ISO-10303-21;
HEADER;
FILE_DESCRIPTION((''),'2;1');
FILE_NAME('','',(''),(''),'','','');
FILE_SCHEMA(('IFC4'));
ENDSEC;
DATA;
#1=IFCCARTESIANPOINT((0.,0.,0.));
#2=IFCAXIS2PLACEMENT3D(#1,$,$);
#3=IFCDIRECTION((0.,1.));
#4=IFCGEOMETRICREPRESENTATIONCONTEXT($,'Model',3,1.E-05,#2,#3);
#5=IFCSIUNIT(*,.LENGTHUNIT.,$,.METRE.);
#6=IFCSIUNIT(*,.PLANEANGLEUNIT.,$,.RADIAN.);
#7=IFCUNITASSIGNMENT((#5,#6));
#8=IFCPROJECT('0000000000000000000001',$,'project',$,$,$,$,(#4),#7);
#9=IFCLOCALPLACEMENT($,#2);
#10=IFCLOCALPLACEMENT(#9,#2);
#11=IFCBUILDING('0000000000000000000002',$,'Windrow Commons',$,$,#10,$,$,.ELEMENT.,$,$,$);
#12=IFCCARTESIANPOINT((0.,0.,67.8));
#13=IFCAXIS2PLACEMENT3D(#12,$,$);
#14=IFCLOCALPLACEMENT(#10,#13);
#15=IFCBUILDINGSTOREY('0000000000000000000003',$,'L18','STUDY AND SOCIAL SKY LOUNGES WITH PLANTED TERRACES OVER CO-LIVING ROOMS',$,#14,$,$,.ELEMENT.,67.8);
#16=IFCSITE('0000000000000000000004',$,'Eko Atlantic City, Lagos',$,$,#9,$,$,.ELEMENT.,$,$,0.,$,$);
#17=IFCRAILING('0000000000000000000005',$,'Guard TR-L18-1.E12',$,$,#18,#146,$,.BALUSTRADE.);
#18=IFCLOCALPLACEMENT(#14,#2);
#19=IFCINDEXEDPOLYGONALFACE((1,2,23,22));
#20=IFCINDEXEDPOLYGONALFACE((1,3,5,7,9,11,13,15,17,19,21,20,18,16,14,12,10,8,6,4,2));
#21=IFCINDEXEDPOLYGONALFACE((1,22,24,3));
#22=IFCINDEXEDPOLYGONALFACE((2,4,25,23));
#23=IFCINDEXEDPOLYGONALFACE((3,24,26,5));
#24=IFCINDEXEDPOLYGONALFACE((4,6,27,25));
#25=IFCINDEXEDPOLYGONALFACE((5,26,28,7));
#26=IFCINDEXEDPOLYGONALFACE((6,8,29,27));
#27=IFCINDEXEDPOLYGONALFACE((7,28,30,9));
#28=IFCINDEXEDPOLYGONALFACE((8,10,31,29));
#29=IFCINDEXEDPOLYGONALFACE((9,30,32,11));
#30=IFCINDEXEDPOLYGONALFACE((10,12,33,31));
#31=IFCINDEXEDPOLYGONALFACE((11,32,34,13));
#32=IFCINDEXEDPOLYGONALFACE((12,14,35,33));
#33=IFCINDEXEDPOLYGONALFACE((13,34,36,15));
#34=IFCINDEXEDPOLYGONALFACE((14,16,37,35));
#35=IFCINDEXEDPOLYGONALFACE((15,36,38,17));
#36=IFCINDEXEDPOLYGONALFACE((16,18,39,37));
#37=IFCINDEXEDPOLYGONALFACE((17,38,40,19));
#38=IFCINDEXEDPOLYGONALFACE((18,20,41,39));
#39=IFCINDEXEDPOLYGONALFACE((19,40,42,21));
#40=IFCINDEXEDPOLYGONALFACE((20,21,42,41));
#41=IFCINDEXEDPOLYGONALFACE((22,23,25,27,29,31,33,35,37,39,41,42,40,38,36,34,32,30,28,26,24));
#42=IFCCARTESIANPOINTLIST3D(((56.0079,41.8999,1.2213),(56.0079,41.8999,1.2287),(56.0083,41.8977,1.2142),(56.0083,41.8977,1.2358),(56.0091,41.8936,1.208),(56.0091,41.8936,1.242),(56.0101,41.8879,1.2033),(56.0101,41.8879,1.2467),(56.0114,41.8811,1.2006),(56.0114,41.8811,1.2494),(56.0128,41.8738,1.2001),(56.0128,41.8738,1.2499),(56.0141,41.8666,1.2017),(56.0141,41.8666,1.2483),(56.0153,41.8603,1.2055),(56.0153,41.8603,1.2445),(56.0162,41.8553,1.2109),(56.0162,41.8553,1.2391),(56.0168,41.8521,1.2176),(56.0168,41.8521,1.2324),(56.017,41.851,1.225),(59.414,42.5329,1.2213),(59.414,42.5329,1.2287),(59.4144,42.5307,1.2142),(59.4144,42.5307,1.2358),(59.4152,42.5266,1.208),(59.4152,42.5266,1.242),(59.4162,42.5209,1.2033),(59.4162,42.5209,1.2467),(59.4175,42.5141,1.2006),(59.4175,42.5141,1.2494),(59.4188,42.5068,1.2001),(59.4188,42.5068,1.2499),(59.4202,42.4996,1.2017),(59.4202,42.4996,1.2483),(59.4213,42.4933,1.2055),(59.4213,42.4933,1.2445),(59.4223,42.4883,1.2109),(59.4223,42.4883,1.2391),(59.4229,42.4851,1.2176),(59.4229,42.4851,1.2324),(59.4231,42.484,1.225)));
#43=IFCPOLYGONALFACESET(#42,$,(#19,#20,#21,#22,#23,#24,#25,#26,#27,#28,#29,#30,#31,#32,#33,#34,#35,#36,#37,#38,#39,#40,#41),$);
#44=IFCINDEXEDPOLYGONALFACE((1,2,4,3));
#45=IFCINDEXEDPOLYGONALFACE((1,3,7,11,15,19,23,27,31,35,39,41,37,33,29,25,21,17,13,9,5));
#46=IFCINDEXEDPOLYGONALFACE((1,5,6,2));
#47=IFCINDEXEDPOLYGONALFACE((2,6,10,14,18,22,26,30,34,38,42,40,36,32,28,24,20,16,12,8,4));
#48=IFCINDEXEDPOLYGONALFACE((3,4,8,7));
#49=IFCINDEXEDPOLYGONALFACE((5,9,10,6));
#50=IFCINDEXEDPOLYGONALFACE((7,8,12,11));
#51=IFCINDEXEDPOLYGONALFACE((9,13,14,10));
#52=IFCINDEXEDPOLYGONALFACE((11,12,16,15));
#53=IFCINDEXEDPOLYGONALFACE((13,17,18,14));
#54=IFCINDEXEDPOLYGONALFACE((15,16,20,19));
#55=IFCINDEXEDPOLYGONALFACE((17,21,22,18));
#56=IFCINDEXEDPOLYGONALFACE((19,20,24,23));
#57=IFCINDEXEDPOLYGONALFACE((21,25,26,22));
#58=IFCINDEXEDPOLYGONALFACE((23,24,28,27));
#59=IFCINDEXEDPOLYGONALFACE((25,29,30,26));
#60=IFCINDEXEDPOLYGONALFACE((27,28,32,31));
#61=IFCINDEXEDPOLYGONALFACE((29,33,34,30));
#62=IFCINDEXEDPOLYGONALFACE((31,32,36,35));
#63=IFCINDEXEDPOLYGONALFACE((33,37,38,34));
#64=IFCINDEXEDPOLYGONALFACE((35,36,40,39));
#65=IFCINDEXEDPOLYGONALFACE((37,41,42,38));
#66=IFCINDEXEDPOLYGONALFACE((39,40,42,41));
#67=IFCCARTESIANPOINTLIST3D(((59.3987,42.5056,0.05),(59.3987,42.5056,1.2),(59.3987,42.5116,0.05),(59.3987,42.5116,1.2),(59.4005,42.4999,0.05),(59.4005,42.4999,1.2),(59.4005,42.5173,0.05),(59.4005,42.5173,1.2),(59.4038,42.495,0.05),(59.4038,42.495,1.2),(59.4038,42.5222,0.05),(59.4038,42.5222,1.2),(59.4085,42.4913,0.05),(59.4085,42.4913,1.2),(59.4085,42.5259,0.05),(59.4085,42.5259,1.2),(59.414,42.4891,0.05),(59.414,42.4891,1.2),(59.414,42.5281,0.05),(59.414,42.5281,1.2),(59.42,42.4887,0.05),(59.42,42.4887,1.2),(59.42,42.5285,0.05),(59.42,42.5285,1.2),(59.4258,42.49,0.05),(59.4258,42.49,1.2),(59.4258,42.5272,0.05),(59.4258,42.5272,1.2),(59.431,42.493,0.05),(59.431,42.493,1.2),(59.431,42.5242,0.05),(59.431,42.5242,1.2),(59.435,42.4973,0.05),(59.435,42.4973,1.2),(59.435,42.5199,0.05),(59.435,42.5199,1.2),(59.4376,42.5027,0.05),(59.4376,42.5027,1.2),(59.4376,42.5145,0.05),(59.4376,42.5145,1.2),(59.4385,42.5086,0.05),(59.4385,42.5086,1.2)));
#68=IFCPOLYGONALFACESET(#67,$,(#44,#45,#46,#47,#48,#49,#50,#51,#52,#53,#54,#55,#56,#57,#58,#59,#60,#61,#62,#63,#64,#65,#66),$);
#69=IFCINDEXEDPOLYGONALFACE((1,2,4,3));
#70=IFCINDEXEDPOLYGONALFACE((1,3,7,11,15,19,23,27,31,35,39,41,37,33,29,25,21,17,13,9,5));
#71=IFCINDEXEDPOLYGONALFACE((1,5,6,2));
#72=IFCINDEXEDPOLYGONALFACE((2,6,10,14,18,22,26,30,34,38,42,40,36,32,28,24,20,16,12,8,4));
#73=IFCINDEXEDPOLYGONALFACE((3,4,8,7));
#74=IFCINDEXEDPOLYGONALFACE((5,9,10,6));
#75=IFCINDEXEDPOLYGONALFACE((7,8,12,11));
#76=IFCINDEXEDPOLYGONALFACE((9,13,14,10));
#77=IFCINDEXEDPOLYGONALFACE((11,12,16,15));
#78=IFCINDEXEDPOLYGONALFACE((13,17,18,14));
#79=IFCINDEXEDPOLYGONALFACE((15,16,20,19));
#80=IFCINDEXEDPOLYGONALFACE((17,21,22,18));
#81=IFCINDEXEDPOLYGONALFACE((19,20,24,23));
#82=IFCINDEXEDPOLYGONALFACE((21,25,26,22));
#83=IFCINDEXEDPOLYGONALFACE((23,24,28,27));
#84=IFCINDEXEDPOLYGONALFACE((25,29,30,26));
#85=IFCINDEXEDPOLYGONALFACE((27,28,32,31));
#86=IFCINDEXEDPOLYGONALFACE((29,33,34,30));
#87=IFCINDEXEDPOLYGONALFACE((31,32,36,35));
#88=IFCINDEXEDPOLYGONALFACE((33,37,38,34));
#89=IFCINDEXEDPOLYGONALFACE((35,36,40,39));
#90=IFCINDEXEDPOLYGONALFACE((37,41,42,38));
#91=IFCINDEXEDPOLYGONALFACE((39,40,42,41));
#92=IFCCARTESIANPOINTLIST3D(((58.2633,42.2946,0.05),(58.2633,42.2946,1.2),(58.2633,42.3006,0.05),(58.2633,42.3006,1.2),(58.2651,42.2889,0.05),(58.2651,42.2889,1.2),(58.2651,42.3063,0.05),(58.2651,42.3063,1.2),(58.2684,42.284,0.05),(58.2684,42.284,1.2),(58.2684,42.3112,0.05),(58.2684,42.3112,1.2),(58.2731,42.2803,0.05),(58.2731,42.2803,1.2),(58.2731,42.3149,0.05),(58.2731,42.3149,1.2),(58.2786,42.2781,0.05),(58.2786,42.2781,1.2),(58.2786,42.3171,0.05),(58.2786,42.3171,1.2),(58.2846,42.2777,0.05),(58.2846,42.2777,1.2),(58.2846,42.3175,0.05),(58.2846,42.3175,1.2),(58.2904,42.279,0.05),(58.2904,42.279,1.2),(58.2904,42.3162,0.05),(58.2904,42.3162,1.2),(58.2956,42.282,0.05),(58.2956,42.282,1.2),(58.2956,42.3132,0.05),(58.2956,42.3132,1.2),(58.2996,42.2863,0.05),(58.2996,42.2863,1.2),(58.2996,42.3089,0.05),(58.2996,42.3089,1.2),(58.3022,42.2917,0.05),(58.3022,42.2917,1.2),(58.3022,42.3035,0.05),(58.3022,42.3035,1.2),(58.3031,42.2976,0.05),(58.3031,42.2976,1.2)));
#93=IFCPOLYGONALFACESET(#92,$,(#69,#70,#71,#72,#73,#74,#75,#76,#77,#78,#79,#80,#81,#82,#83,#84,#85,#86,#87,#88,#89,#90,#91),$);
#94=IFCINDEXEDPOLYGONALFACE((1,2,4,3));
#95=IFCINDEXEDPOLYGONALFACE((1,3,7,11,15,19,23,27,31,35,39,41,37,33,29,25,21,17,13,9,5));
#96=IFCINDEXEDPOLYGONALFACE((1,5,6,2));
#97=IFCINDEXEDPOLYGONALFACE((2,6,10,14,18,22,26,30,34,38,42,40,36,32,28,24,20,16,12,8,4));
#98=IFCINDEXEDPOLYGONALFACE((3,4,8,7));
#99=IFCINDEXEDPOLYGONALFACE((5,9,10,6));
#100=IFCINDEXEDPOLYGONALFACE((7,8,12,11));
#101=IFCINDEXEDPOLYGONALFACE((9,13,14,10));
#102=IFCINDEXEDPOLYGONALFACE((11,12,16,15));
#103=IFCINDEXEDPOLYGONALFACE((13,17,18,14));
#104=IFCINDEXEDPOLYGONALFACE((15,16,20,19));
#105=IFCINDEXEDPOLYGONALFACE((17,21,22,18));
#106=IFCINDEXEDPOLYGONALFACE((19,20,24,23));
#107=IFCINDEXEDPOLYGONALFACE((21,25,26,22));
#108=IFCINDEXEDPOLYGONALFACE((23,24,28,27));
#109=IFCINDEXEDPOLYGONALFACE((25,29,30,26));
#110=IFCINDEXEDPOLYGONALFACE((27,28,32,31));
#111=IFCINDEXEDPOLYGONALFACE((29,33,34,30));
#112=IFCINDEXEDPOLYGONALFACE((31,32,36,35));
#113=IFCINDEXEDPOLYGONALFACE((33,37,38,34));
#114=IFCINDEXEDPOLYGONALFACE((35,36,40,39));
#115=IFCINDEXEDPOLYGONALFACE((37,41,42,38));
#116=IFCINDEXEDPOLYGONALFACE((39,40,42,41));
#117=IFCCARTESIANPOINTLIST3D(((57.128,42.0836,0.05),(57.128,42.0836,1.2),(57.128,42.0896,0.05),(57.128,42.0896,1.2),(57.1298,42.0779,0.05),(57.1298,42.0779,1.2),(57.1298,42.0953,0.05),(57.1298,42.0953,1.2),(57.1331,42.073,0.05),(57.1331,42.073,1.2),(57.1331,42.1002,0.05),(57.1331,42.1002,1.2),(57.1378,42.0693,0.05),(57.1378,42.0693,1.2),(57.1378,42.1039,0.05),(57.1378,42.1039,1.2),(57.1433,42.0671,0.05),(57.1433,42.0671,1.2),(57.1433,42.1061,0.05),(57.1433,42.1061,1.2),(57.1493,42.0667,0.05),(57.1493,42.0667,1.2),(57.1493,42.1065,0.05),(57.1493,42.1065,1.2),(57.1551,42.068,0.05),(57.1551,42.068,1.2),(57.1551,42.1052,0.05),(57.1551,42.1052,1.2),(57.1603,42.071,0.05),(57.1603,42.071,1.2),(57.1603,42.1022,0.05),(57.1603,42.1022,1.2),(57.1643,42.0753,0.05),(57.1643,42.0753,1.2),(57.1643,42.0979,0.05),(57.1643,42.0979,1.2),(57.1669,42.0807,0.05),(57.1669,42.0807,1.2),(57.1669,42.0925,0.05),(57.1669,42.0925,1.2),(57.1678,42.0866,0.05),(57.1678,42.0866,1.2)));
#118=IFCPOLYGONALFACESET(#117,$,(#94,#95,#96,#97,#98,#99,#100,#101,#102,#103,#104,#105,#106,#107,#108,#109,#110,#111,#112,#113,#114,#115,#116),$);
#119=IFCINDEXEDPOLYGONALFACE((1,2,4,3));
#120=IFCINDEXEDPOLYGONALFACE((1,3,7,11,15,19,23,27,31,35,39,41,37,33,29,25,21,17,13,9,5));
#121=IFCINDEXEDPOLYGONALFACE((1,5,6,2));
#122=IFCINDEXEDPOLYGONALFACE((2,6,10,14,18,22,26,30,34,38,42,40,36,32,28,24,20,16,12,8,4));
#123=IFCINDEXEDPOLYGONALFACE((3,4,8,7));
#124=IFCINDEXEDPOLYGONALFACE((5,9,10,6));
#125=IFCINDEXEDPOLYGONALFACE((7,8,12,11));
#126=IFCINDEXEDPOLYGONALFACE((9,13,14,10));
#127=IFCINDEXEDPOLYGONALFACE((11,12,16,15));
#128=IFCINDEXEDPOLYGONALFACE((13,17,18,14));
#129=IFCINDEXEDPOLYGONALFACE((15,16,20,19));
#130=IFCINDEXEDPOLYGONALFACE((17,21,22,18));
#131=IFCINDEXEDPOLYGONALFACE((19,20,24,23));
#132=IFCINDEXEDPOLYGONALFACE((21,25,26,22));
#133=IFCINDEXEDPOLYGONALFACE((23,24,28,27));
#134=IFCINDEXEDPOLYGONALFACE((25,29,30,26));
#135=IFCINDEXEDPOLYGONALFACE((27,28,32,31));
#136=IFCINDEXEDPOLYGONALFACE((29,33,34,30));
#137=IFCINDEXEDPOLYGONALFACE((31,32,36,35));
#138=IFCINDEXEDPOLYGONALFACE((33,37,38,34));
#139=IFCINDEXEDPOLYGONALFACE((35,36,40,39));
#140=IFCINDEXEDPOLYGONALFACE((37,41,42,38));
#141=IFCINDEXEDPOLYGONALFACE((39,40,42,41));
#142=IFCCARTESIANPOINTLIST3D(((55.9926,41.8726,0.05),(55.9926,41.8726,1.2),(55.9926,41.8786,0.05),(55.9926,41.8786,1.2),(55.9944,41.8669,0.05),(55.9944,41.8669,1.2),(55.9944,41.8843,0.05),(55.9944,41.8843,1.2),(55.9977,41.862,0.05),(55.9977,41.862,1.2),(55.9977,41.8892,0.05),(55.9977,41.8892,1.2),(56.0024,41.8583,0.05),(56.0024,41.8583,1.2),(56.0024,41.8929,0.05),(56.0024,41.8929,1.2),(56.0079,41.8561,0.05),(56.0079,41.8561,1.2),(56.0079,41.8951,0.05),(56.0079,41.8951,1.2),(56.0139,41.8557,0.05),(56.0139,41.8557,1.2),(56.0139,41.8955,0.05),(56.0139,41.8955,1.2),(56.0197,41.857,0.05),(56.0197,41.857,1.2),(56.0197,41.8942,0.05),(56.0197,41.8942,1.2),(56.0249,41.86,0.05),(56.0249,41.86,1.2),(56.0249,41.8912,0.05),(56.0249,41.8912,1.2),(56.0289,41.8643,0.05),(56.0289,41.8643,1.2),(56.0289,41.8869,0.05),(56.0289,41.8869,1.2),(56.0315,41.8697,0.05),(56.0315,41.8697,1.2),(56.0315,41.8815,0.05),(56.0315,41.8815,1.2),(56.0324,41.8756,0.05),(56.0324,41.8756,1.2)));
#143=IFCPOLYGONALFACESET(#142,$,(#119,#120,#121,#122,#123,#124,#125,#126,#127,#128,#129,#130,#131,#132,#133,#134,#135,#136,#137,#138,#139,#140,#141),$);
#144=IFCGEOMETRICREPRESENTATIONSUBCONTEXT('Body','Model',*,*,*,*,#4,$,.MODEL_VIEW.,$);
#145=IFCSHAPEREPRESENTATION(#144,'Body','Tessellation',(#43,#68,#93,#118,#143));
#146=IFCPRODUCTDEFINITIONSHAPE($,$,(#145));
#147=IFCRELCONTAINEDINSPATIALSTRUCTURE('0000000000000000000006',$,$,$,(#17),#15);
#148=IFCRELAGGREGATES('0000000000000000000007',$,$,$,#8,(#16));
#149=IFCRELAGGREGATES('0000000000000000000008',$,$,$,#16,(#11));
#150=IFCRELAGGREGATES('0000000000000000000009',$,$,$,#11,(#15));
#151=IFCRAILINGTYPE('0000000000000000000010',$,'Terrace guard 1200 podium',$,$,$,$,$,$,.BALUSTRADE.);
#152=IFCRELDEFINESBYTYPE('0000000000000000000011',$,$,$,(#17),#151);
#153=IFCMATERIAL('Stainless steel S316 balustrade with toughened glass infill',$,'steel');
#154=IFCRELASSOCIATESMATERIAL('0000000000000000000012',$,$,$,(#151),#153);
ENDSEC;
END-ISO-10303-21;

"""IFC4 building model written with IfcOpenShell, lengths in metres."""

from ifc_helpers import new_model, si_unit, direction, frame, origin, origin_2d, place, context, subcontext, project, spatial, circle, extrude, material, type_object, element, save


model = new_model("IFC4")

# Units and contexts
model_context = context("Model", 3, precision=1e-05, world=origin(), true_north=direction((0.0, 1.0)))
body_context = subcontext(model_context, "Body", "Model", "MODEL_VIEW")
ifc_project = project(units=[si_unit("LENGTHUNIT", "METRE"), si_unit("PLANEANGLEUNIT", "RADIAN")], contexts=[model_context])

# Site, building, storey
site_placement = place(None, origin())
site = spatial("IfcSite", under=ifc_project, at=site_placement, Name="Eko Atlantic City, Lagos", CompositionType="ELEMENT", RefElevation=0.0)
building_placement = place(site_placement, origin())
building = spatial("IfcBuilding", under=site, at=building_placement, Name="Windrow Commons", CompositionType="ELEMENT")
storey_placement = place(building_placement, frame((0.0, 0.0, 67.8)))
storey = spatial("IfcBuildingStorey", under=building, at=storey_placement, Name="L18", Description="STUDY AND SOCIAL SKY LOUNGES WITH PLANTED TERRACES OVER CO-LIVING ROOMS", CompositionType="ELEMENT", Elevation=67.8)

# Railing
ifc_material_1 = material(Name="Stainless steel S316 balustrade with toughened glass infill", Category="steel")
railing_type = type_object("IfcRailingType", Name="Terrace guard 1200 podium", PredefinedType="BALUSTRADE", material=ifc_material_1)
railing_1_placement = place(storey_placement, frame((59.4185, 42.5086, 0.05)))
element("IfcRailing", 1, at=railing_1_placement, inside=storey, type_object=railing_type, Name="Guard TR-L18-1.E12", PredefinedType="BALUSTRADE", context=body_context, shape_type="SweptSolid", body=[
    extrude(circle(Radius=0.025, at=origin_2d()), frame((0.0, 0.0, 1.175), z_axis=(-0.983166, -0.182715, 0.0), x_axis=(0.182715, -0.983166, 0.0)), (0.0, 0.0, 1.0), 3.4644),
    extrude(circle(Radius=0.02, at=origin_2d()), origin(), (0.0, 0.0, 1.0), 1.15),
    extrude(circle(Radius=0.02, at=origin_2d()), frame((-1.1354, -0.211, 0.0)), (0.0, 0.0, 1.0), 1.15),
    extrude(circle(Radius=0.02, at=origin_2d()), frame((-2.2707, -0.422, 0.0)), (0.0, 0.0, 1.0), 1.15),
    extrude(circle(Radius=0.02, at=origin_2d()), frame((-3.4061, -0.633, 0.0)), (0.0, 0.0, 1.0), 1.15),
])

save(model, "model.ifc")
